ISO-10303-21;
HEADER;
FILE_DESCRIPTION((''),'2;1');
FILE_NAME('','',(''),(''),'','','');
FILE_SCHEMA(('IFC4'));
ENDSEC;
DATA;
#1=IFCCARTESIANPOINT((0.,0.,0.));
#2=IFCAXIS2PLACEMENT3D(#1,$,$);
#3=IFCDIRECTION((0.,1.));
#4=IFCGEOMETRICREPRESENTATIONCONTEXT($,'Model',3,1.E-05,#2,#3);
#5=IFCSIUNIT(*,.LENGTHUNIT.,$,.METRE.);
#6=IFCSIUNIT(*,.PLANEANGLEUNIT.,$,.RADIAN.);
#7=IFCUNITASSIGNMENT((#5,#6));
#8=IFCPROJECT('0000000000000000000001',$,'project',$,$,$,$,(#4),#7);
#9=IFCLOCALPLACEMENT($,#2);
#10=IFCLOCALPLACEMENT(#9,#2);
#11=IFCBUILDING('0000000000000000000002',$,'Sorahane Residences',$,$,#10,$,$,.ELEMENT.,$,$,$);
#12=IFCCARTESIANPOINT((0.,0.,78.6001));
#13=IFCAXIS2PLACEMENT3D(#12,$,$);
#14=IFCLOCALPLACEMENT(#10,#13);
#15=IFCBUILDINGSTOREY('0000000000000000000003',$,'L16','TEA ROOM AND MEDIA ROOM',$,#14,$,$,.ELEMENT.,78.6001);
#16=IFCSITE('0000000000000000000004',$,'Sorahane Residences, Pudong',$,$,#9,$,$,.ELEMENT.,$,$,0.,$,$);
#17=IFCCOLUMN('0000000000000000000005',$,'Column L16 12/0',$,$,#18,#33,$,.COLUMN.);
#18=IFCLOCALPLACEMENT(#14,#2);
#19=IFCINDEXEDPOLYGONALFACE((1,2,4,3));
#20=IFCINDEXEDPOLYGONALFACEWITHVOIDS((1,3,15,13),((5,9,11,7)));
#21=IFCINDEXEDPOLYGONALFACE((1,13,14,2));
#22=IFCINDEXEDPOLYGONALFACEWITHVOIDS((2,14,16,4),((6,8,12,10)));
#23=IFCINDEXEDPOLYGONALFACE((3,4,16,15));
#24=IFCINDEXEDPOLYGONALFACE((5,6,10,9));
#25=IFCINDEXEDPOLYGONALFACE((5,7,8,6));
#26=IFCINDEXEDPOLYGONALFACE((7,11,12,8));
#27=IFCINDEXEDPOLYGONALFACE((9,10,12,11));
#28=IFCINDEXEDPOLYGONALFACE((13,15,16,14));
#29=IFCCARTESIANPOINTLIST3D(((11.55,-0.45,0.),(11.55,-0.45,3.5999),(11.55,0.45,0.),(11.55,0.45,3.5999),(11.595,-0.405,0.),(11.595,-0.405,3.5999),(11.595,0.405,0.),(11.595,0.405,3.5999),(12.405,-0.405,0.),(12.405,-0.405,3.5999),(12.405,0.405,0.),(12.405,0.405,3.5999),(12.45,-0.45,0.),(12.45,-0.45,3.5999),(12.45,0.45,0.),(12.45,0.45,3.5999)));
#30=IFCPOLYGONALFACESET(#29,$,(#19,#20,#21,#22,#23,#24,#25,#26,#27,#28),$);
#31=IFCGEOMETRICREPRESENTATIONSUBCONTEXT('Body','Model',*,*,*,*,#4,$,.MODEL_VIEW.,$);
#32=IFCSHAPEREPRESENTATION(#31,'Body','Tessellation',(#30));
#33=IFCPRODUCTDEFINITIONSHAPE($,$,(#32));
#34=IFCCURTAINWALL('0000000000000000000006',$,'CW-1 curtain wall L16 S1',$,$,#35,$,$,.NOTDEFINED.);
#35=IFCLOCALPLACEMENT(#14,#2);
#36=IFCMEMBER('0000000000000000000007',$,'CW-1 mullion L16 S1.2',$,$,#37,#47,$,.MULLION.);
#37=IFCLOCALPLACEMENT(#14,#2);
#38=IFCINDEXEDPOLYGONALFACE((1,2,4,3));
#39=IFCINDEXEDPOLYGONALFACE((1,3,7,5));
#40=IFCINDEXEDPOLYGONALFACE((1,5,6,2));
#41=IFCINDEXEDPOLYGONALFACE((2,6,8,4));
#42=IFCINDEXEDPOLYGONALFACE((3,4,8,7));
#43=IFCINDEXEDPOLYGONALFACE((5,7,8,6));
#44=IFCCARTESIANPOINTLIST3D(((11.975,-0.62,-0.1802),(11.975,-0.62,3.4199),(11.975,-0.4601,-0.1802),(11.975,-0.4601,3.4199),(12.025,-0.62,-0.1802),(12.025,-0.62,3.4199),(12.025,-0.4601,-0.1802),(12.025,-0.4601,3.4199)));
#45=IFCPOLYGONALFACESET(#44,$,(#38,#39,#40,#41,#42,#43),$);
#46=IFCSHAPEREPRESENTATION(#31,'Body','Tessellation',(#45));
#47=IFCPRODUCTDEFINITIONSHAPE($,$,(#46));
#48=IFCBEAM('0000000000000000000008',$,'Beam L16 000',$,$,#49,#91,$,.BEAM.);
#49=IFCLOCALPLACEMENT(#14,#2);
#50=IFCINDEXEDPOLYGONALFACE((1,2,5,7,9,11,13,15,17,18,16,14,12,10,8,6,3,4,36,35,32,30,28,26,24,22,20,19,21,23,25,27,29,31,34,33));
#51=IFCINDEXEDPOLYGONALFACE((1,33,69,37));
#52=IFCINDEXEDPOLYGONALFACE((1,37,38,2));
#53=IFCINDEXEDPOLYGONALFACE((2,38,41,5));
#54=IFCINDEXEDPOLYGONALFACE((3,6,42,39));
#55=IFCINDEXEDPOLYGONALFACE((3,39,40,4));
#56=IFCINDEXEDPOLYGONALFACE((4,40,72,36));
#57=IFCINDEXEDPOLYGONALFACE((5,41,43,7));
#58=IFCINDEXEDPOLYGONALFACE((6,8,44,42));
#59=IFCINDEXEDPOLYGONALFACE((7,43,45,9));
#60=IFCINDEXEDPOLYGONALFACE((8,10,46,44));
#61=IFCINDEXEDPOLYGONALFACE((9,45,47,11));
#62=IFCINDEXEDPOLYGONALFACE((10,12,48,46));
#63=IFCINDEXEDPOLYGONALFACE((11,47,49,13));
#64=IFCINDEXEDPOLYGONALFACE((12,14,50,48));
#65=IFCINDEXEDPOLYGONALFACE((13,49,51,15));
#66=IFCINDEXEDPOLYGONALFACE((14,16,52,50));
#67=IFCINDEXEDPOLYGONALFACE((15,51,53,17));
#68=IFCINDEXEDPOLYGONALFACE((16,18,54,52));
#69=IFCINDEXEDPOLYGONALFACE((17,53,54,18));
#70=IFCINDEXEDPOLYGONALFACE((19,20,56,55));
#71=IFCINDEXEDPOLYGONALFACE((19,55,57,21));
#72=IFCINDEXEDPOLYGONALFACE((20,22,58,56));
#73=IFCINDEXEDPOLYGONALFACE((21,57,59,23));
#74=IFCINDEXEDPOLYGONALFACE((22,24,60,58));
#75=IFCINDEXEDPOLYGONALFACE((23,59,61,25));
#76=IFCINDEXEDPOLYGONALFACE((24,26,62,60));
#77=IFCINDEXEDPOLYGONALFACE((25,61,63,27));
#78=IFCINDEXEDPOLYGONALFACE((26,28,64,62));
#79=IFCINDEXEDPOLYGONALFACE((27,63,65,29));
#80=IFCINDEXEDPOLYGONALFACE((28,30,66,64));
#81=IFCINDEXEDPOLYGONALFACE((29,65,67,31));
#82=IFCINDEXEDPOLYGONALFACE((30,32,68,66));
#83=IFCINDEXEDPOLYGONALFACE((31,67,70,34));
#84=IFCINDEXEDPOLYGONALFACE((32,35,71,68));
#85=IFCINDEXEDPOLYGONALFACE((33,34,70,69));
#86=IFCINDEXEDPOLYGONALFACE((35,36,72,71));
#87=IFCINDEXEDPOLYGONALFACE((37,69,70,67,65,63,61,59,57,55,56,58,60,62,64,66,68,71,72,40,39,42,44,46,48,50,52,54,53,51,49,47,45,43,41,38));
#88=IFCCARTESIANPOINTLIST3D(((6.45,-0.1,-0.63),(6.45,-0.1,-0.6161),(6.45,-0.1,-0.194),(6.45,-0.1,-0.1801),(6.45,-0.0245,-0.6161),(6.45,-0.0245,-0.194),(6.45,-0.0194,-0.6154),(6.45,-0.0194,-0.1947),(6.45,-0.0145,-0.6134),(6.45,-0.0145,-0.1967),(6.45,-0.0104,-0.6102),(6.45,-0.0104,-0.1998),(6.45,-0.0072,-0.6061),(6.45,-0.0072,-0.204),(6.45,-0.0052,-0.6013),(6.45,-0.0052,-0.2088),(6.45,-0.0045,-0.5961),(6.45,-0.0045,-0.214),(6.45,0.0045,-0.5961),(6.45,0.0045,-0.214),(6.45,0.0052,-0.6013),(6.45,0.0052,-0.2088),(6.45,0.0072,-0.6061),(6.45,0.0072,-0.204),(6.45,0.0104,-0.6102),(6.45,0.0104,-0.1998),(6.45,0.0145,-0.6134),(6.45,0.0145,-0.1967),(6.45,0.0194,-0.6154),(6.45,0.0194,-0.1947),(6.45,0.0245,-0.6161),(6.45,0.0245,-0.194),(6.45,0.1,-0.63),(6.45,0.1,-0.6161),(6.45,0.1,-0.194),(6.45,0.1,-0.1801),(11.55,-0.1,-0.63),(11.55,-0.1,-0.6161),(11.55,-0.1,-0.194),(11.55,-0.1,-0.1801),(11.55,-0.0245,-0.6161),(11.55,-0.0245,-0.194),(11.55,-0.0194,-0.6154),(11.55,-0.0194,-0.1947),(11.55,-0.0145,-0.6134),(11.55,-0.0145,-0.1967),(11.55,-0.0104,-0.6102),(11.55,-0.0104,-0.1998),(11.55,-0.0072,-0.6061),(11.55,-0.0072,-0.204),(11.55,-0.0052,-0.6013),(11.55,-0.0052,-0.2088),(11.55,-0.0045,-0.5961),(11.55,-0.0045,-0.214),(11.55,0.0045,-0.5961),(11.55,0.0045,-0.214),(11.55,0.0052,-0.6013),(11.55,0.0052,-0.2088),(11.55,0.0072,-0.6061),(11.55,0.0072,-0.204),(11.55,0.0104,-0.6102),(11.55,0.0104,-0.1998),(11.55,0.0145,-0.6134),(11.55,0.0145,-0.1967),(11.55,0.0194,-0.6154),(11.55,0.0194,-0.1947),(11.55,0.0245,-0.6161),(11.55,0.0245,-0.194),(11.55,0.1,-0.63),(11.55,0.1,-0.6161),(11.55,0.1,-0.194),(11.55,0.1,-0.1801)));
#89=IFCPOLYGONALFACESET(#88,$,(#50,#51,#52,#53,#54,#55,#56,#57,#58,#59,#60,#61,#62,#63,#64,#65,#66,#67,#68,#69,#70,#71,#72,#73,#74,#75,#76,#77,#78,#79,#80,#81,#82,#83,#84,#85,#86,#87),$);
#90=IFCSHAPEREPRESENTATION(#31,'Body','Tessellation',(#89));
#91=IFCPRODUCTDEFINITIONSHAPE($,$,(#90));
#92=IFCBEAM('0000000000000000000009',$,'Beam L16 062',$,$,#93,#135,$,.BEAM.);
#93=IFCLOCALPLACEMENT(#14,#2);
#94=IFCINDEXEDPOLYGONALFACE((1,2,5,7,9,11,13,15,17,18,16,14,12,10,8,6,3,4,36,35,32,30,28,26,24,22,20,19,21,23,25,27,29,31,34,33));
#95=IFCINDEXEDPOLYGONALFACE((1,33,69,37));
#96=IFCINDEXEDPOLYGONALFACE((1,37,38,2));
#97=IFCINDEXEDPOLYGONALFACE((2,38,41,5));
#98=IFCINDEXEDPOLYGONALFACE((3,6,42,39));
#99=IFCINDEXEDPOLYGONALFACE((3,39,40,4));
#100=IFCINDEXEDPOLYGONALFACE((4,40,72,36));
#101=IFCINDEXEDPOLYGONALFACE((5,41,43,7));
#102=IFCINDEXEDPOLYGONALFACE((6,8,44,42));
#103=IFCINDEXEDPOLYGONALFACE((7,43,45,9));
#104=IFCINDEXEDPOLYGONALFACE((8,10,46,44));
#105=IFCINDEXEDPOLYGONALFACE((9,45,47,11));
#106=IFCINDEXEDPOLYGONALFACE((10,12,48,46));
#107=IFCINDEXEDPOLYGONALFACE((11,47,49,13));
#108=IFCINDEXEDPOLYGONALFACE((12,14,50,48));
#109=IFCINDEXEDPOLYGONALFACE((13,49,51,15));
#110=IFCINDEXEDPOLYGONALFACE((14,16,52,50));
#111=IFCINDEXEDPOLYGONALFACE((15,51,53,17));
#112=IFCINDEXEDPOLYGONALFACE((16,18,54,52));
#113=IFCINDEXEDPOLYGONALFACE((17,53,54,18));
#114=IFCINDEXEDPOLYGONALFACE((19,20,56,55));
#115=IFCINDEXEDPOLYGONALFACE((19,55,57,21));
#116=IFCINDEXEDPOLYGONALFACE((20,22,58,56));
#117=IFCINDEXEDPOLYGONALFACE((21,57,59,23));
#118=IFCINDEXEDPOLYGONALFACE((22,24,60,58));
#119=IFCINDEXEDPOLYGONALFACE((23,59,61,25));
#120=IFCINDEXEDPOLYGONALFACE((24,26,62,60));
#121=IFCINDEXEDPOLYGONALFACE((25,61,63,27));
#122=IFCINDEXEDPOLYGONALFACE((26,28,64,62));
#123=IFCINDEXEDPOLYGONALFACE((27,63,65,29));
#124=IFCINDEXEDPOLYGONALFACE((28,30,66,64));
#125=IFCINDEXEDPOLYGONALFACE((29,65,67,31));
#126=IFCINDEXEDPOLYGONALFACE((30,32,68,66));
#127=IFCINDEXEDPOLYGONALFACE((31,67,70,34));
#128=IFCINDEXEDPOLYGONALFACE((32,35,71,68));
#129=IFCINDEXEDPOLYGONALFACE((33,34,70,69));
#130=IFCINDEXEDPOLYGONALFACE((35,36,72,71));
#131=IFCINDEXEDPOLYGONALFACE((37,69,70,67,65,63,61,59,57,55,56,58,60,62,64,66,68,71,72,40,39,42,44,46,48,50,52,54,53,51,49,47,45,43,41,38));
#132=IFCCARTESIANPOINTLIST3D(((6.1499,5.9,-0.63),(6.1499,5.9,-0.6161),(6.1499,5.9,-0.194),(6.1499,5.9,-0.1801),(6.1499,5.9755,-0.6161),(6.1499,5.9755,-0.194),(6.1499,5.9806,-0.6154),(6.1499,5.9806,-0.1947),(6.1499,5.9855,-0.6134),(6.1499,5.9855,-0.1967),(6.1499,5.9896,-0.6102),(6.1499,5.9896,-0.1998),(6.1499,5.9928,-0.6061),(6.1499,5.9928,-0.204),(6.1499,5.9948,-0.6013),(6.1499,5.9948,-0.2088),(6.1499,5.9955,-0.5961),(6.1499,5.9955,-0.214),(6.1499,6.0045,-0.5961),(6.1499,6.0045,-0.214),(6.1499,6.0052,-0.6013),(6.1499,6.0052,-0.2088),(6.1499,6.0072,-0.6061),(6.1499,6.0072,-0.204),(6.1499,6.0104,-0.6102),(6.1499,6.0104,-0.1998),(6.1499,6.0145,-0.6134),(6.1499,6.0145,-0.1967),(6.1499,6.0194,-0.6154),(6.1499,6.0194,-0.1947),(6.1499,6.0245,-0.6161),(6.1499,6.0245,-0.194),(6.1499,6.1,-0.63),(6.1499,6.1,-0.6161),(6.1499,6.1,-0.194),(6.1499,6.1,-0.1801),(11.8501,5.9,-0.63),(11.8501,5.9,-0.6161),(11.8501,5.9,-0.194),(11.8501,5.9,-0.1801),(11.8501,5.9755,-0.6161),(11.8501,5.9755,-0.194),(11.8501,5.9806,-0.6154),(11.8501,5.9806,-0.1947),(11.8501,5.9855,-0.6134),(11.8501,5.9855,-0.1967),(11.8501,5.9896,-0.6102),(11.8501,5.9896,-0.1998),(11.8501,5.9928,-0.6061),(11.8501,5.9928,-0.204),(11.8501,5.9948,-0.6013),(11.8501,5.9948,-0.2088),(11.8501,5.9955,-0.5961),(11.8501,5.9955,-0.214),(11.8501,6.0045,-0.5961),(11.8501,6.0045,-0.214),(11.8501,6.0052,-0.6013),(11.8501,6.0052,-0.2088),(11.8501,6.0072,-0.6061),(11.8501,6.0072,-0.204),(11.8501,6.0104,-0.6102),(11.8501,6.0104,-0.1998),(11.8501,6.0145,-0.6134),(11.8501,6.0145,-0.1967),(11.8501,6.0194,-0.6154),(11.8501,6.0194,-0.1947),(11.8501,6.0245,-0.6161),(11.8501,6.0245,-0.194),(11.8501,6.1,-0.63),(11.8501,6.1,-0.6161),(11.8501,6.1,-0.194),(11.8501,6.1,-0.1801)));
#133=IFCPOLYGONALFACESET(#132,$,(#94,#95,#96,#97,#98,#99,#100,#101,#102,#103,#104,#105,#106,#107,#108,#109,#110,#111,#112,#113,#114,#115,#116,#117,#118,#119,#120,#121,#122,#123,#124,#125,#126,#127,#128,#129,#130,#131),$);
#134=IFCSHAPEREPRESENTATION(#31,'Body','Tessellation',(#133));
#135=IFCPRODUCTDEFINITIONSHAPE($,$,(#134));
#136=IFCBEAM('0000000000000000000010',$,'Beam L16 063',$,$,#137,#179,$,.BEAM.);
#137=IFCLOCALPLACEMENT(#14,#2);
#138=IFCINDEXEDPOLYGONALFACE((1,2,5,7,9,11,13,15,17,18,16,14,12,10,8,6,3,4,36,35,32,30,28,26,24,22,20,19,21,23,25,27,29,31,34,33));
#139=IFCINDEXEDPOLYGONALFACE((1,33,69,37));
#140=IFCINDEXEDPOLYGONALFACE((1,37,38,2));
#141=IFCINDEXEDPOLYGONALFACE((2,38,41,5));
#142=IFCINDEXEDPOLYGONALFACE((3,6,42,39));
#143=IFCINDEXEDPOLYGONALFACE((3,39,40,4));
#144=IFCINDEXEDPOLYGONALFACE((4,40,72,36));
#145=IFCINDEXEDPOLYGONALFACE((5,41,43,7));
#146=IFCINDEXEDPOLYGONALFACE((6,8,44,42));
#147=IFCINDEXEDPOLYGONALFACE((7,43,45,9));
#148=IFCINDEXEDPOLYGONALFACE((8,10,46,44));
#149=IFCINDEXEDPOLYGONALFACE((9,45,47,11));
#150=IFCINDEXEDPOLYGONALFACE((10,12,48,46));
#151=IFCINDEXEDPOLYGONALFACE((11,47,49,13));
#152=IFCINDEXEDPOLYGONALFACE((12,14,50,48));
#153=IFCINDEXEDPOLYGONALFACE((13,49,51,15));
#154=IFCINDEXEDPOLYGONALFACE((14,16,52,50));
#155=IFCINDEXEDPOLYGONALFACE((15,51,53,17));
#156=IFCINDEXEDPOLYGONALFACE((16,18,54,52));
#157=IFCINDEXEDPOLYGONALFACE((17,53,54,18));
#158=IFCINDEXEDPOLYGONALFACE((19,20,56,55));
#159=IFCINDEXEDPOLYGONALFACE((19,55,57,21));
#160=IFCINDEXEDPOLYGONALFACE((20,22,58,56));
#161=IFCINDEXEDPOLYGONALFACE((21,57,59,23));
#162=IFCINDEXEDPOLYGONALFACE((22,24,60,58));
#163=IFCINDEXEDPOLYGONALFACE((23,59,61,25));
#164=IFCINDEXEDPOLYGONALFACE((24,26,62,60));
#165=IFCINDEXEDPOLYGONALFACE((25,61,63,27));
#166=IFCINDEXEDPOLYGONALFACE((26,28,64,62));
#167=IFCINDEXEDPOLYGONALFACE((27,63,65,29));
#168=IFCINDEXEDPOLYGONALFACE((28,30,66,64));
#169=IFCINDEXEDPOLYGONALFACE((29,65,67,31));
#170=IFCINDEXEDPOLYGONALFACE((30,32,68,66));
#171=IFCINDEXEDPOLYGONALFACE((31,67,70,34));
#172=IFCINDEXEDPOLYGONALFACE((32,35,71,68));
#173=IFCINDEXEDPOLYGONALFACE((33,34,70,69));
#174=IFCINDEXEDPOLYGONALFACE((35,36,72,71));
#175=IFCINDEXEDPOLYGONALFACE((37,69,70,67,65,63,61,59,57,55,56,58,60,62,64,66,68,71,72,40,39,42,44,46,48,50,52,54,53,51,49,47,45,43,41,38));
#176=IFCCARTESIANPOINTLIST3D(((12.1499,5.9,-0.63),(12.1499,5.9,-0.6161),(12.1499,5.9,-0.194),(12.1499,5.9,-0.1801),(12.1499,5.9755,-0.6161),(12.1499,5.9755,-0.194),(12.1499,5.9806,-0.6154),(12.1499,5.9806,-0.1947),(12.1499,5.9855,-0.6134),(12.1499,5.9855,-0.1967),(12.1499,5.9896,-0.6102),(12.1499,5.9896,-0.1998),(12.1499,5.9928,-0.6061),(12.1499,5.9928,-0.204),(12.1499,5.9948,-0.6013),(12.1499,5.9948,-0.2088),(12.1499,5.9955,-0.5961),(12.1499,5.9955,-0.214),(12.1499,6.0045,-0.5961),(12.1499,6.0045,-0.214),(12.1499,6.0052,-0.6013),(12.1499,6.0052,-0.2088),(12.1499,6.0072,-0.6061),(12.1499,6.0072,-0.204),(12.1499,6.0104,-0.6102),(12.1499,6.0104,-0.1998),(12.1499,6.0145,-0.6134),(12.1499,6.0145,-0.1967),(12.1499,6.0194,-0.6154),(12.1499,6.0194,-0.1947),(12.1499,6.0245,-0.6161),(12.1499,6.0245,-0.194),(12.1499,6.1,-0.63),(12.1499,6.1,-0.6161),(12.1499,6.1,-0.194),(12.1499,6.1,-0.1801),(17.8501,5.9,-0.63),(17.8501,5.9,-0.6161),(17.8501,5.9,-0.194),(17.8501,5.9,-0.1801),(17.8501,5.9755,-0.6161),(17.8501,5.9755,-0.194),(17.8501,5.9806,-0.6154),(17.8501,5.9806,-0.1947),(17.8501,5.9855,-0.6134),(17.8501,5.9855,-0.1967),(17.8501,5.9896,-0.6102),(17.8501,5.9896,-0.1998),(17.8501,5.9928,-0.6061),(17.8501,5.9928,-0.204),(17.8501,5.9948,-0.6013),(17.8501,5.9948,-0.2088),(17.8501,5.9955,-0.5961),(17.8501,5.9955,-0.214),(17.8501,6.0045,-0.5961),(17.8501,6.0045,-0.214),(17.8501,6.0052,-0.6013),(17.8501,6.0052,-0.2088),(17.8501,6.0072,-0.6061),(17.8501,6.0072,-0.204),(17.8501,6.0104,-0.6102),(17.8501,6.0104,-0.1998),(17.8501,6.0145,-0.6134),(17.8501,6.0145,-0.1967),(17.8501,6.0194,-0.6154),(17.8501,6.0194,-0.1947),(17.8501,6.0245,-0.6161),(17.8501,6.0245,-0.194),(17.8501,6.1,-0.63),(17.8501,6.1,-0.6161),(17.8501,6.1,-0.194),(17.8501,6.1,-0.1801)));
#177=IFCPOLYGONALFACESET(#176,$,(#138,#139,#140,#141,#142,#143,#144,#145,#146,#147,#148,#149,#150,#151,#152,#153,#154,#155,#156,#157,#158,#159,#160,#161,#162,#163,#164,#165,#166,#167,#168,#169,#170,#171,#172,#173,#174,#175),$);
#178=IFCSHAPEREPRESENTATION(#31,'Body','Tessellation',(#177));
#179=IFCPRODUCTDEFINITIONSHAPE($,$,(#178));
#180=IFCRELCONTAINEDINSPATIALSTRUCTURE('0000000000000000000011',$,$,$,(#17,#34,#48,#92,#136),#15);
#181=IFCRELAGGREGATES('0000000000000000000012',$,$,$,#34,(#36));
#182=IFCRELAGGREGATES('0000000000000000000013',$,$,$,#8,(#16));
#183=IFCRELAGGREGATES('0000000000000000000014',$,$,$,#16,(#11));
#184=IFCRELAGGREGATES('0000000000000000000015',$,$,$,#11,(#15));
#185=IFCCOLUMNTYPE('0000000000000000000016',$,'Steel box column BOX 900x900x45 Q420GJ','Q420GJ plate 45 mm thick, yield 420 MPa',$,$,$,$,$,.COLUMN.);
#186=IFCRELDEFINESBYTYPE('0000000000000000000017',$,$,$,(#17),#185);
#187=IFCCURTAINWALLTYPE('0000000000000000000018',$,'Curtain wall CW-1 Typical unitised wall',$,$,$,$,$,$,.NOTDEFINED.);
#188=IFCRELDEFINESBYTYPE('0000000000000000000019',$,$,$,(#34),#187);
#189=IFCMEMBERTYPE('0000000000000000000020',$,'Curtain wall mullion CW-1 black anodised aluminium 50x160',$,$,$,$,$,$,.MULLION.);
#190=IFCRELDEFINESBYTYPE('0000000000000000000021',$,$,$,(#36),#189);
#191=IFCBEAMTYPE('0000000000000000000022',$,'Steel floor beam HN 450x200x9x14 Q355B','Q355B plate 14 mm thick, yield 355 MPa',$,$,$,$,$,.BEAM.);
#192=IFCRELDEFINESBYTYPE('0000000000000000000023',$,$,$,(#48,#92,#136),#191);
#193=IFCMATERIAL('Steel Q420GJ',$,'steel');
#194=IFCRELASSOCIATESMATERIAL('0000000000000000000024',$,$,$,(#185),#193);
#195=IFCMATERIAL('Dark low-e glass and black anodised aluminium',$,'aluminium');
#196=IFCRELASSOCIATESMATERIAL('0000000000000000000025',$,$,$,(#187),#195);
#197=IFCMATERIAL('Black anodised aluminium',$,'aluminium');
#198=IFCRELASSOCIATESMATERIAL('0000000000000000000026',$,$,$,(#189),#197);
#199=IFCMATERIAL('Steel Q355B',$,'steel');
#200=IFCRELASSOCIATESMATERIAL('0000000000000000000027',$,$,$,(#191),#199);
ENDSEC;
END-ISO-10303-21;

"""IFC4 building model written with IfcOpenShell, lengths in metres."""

from ifc_helpers import new_model, si_unit, direction, frame, origin, origin_2d, place, context, subcontext, project, spatial, rectangle, hollow_rectangle, i_section, extrude, material, material_profile, profile_set, type_object, element, aggregate, save


model = new_model("IFC4")

# Units and contexts
model_context = context("Model", 3, precision=1e-05, world=origin(), true_north=direction((0.0, 1.0)))
body_context = subcontext(model_context, "Body", "Model", "MODEL_VIEW")
ifc_project = project(units=[si_unit("LENGTHUNIT", "METRE"), si_unit("PLANEANGLEUNIT", "RADIAN")], contexts=[model_context])

# Site, building, storey
site_placement = place(None, origin())
site = spatial("IfcSite", under=ifc_project, at=site_placement, Name="Sorahane Residences, Pudong", CompositionType="ELEMENT", RefElevation=0.0)
building_placement = place(site_placement, origin())
building = spatial("IfcBuilding", under=site, at=building_placement, Name="Sorahane Residences", CompositionType="ELEMENT")
storey_placement = place(building_placement, frame((0.0, 0.0, 78.6001)))
storey = spatial("IfcBuildingStorey", under=building, at=storey_placement, Name="L16", Description="TEA ROOM AND MEDIA ROOM", CompositionType="ELEMENT", Elevation=78.6001)

# Column
ifc_material_1 = material(Name="Steel Q420GJ", Category="steel")
ifc_material_profile_1 = material_profile(ifc_material_1, hollow_rectangle(XDim=0.8999, YDim=0.8999, WallThickness=0.0449, at=origin_2d()), Name="BOX 900x900x45")
ifc_profile_set_1 = profile_set([ifc_material_profile_1], Name="Steel Q420GJ")
column_type = type_object("IfcColumnType", Name="Steel box column BOX 900x900x45 Q420GJ", Description="Q420GJ plate 45 mm thick, yield 420 MPa", PredefinedType="COLUMN", material=ifc_profile_set_1)
column_placement = place(storey_placement, frame((12.0, 0.0, 0.0), z_axis=(0.0, 0.0, 1.0), x_axis=(1.0, 0.0, 0.0)))
element("IfcColumn", 1, at=column_placement, inside=storey, type_object=column_type, Name="Column L16 12/0", PredefinedType="COLUMN", context=body_context, shape_type="SweptSolid", body=[
    extrude(hollow_rectangle(XDim=0.8999, YDim=0.8999, WallThickness=0.0449, at=origin_2d()), origin(), (0.0, 0.0, 1.0), 3.5999),
])

# Curtain wall, member
ifc_material_2 = material(Name="Dark low-e glass and black anodised aluminium", Category="aluminium")
curtain_wall_type = type_object("IfcCurtainWallType", Name="Curtain wall CW-1 Typical unitised wall", PredefinedType="NOTDEFINED", material=ifc_material_2)
curtain_wall_placement = place(storey_placement, origin())
curtain_wall = element("IfcCurtainWall", 2, at=curtain_wall_placement, inside=storey, type_object=curtain_wall_type, Name="CW-1 curtain wall L16 S1", PredefinedType="NOTDEFINED")
ifc_material_3 = material(Name="Black anodised aluminium", Category="aluminium")
ifc_material_profile_2 = material_profile(ifc_material_3, rectangle(XDim=0.1599, YDim=0.05, at=origin_2d()), Name="Curtain wall mullion CW-1 black anodised aluminium 50x160")
ifc_profile_set_2 = profile_set([ifc_material_profile_2], Name="Black anodised aluminium")
member_type = type_object("IfcMemberType", Name="Curtain wall mullion CW-1 black anodised aluminium 50x160", PredefinedType="MULLION", material=ifc_profile_set_2)
member_placement = place(storey_placement, frame((12.0, -0.54, -0.1802), z_axis=(0.0, 0.0, 1.0), x_axis=(0.0, -1.0, 0.0)))
member = element("IfcMember", 3, at=member_placement, type_object=member_type, Name="CW-1 mullion L16 S1.2", PredefinedType="MULLION", context=body_context, shape_type="SweptSolid", body=[
    extrude(rectangle(XDim=0.1599, YDim=0.05, at=origin_2d()), origin(), (0.0, 0.0, 1.0), 3.6001),
])

# Beams
ifc_material_4 = material(Name="Steel Q355B", Category="steel")
ifc_material_profile_3 = material_profile(ifc_material_4, i_section(OverallWidth=0.2, OverallDepth=0.45, WebThickness=0.009, FlangeThickness=0.0139, FilletRadius=0.02, at=origin_2d()), Name="HN 450x200x9x14")
ifc_profile_set_3 = profile_set([ifc_material_profile_3], Name="Steel Q355B")
beam_type_1 = type_object("IfcBeamType", Name="Steel floor beam HN 450x200x9x14 Q355B", Description="Q355B plate 14 mm thick, yield 355 MPa", PredefinedType="BEAM", material=ifc_profile_set_3)
beam_1_placement = place(storey_placement, frame((6.45, 0.0, -0.405), z_axis=(1.0, 0.0, 0.0), x_axis=(0.0, 1.0, 0.0)))
element("IfcBeam", 4, at=beam_1_placement, inside=storey, type_object=beam_type_1, Name="Beam L16 000", PredefinedType="BEAM", context=body_context, shape_type="SweptSolid", body=[
    extrude(i_section(OverallWidth=0.2, OverallDepth=0.45, WebThickness=0.009, FlangeThickness=0.0139, FilletRadius=0.02, at=origin_2d()), origin(), (0.0, 0.0, 1.0), 5.1001),
])
for number, where, z_axis, x_axis, name in (
    (5, (6.1499, 6.0, -0.405), (1.0, 0.0, 0.0), (0.0, 1.0, 0.0), "Beam L16 062"),
    (6, (12.1499, 6.0, -0.405), (1.0, 0.0, 0.0), (0.0, 1.0, 0.0), "Beam L16 063"),
):
    element("IfcBeam", number, at=place(storey_placement, frame(where, z_axis=z_axis, x_axis=x_axis)), inside=storey, type_object=beam_type_1, Name=name, PredefinedType="BEAM", context=body_context, shape_type="SweptSolid", body=[
        extrude(i_section(OverallWidth=0.2, OverallDepth=0.45, WebThickness=0.009, FlangeThickness=0.0139, FilletRadius=0.02, at=origin_2d()), origin(), (0.0, 0.0, 1.0), 5.7002),
    ])

aggregate(curtain_wall, [member])

save(model, "model.ifc")
